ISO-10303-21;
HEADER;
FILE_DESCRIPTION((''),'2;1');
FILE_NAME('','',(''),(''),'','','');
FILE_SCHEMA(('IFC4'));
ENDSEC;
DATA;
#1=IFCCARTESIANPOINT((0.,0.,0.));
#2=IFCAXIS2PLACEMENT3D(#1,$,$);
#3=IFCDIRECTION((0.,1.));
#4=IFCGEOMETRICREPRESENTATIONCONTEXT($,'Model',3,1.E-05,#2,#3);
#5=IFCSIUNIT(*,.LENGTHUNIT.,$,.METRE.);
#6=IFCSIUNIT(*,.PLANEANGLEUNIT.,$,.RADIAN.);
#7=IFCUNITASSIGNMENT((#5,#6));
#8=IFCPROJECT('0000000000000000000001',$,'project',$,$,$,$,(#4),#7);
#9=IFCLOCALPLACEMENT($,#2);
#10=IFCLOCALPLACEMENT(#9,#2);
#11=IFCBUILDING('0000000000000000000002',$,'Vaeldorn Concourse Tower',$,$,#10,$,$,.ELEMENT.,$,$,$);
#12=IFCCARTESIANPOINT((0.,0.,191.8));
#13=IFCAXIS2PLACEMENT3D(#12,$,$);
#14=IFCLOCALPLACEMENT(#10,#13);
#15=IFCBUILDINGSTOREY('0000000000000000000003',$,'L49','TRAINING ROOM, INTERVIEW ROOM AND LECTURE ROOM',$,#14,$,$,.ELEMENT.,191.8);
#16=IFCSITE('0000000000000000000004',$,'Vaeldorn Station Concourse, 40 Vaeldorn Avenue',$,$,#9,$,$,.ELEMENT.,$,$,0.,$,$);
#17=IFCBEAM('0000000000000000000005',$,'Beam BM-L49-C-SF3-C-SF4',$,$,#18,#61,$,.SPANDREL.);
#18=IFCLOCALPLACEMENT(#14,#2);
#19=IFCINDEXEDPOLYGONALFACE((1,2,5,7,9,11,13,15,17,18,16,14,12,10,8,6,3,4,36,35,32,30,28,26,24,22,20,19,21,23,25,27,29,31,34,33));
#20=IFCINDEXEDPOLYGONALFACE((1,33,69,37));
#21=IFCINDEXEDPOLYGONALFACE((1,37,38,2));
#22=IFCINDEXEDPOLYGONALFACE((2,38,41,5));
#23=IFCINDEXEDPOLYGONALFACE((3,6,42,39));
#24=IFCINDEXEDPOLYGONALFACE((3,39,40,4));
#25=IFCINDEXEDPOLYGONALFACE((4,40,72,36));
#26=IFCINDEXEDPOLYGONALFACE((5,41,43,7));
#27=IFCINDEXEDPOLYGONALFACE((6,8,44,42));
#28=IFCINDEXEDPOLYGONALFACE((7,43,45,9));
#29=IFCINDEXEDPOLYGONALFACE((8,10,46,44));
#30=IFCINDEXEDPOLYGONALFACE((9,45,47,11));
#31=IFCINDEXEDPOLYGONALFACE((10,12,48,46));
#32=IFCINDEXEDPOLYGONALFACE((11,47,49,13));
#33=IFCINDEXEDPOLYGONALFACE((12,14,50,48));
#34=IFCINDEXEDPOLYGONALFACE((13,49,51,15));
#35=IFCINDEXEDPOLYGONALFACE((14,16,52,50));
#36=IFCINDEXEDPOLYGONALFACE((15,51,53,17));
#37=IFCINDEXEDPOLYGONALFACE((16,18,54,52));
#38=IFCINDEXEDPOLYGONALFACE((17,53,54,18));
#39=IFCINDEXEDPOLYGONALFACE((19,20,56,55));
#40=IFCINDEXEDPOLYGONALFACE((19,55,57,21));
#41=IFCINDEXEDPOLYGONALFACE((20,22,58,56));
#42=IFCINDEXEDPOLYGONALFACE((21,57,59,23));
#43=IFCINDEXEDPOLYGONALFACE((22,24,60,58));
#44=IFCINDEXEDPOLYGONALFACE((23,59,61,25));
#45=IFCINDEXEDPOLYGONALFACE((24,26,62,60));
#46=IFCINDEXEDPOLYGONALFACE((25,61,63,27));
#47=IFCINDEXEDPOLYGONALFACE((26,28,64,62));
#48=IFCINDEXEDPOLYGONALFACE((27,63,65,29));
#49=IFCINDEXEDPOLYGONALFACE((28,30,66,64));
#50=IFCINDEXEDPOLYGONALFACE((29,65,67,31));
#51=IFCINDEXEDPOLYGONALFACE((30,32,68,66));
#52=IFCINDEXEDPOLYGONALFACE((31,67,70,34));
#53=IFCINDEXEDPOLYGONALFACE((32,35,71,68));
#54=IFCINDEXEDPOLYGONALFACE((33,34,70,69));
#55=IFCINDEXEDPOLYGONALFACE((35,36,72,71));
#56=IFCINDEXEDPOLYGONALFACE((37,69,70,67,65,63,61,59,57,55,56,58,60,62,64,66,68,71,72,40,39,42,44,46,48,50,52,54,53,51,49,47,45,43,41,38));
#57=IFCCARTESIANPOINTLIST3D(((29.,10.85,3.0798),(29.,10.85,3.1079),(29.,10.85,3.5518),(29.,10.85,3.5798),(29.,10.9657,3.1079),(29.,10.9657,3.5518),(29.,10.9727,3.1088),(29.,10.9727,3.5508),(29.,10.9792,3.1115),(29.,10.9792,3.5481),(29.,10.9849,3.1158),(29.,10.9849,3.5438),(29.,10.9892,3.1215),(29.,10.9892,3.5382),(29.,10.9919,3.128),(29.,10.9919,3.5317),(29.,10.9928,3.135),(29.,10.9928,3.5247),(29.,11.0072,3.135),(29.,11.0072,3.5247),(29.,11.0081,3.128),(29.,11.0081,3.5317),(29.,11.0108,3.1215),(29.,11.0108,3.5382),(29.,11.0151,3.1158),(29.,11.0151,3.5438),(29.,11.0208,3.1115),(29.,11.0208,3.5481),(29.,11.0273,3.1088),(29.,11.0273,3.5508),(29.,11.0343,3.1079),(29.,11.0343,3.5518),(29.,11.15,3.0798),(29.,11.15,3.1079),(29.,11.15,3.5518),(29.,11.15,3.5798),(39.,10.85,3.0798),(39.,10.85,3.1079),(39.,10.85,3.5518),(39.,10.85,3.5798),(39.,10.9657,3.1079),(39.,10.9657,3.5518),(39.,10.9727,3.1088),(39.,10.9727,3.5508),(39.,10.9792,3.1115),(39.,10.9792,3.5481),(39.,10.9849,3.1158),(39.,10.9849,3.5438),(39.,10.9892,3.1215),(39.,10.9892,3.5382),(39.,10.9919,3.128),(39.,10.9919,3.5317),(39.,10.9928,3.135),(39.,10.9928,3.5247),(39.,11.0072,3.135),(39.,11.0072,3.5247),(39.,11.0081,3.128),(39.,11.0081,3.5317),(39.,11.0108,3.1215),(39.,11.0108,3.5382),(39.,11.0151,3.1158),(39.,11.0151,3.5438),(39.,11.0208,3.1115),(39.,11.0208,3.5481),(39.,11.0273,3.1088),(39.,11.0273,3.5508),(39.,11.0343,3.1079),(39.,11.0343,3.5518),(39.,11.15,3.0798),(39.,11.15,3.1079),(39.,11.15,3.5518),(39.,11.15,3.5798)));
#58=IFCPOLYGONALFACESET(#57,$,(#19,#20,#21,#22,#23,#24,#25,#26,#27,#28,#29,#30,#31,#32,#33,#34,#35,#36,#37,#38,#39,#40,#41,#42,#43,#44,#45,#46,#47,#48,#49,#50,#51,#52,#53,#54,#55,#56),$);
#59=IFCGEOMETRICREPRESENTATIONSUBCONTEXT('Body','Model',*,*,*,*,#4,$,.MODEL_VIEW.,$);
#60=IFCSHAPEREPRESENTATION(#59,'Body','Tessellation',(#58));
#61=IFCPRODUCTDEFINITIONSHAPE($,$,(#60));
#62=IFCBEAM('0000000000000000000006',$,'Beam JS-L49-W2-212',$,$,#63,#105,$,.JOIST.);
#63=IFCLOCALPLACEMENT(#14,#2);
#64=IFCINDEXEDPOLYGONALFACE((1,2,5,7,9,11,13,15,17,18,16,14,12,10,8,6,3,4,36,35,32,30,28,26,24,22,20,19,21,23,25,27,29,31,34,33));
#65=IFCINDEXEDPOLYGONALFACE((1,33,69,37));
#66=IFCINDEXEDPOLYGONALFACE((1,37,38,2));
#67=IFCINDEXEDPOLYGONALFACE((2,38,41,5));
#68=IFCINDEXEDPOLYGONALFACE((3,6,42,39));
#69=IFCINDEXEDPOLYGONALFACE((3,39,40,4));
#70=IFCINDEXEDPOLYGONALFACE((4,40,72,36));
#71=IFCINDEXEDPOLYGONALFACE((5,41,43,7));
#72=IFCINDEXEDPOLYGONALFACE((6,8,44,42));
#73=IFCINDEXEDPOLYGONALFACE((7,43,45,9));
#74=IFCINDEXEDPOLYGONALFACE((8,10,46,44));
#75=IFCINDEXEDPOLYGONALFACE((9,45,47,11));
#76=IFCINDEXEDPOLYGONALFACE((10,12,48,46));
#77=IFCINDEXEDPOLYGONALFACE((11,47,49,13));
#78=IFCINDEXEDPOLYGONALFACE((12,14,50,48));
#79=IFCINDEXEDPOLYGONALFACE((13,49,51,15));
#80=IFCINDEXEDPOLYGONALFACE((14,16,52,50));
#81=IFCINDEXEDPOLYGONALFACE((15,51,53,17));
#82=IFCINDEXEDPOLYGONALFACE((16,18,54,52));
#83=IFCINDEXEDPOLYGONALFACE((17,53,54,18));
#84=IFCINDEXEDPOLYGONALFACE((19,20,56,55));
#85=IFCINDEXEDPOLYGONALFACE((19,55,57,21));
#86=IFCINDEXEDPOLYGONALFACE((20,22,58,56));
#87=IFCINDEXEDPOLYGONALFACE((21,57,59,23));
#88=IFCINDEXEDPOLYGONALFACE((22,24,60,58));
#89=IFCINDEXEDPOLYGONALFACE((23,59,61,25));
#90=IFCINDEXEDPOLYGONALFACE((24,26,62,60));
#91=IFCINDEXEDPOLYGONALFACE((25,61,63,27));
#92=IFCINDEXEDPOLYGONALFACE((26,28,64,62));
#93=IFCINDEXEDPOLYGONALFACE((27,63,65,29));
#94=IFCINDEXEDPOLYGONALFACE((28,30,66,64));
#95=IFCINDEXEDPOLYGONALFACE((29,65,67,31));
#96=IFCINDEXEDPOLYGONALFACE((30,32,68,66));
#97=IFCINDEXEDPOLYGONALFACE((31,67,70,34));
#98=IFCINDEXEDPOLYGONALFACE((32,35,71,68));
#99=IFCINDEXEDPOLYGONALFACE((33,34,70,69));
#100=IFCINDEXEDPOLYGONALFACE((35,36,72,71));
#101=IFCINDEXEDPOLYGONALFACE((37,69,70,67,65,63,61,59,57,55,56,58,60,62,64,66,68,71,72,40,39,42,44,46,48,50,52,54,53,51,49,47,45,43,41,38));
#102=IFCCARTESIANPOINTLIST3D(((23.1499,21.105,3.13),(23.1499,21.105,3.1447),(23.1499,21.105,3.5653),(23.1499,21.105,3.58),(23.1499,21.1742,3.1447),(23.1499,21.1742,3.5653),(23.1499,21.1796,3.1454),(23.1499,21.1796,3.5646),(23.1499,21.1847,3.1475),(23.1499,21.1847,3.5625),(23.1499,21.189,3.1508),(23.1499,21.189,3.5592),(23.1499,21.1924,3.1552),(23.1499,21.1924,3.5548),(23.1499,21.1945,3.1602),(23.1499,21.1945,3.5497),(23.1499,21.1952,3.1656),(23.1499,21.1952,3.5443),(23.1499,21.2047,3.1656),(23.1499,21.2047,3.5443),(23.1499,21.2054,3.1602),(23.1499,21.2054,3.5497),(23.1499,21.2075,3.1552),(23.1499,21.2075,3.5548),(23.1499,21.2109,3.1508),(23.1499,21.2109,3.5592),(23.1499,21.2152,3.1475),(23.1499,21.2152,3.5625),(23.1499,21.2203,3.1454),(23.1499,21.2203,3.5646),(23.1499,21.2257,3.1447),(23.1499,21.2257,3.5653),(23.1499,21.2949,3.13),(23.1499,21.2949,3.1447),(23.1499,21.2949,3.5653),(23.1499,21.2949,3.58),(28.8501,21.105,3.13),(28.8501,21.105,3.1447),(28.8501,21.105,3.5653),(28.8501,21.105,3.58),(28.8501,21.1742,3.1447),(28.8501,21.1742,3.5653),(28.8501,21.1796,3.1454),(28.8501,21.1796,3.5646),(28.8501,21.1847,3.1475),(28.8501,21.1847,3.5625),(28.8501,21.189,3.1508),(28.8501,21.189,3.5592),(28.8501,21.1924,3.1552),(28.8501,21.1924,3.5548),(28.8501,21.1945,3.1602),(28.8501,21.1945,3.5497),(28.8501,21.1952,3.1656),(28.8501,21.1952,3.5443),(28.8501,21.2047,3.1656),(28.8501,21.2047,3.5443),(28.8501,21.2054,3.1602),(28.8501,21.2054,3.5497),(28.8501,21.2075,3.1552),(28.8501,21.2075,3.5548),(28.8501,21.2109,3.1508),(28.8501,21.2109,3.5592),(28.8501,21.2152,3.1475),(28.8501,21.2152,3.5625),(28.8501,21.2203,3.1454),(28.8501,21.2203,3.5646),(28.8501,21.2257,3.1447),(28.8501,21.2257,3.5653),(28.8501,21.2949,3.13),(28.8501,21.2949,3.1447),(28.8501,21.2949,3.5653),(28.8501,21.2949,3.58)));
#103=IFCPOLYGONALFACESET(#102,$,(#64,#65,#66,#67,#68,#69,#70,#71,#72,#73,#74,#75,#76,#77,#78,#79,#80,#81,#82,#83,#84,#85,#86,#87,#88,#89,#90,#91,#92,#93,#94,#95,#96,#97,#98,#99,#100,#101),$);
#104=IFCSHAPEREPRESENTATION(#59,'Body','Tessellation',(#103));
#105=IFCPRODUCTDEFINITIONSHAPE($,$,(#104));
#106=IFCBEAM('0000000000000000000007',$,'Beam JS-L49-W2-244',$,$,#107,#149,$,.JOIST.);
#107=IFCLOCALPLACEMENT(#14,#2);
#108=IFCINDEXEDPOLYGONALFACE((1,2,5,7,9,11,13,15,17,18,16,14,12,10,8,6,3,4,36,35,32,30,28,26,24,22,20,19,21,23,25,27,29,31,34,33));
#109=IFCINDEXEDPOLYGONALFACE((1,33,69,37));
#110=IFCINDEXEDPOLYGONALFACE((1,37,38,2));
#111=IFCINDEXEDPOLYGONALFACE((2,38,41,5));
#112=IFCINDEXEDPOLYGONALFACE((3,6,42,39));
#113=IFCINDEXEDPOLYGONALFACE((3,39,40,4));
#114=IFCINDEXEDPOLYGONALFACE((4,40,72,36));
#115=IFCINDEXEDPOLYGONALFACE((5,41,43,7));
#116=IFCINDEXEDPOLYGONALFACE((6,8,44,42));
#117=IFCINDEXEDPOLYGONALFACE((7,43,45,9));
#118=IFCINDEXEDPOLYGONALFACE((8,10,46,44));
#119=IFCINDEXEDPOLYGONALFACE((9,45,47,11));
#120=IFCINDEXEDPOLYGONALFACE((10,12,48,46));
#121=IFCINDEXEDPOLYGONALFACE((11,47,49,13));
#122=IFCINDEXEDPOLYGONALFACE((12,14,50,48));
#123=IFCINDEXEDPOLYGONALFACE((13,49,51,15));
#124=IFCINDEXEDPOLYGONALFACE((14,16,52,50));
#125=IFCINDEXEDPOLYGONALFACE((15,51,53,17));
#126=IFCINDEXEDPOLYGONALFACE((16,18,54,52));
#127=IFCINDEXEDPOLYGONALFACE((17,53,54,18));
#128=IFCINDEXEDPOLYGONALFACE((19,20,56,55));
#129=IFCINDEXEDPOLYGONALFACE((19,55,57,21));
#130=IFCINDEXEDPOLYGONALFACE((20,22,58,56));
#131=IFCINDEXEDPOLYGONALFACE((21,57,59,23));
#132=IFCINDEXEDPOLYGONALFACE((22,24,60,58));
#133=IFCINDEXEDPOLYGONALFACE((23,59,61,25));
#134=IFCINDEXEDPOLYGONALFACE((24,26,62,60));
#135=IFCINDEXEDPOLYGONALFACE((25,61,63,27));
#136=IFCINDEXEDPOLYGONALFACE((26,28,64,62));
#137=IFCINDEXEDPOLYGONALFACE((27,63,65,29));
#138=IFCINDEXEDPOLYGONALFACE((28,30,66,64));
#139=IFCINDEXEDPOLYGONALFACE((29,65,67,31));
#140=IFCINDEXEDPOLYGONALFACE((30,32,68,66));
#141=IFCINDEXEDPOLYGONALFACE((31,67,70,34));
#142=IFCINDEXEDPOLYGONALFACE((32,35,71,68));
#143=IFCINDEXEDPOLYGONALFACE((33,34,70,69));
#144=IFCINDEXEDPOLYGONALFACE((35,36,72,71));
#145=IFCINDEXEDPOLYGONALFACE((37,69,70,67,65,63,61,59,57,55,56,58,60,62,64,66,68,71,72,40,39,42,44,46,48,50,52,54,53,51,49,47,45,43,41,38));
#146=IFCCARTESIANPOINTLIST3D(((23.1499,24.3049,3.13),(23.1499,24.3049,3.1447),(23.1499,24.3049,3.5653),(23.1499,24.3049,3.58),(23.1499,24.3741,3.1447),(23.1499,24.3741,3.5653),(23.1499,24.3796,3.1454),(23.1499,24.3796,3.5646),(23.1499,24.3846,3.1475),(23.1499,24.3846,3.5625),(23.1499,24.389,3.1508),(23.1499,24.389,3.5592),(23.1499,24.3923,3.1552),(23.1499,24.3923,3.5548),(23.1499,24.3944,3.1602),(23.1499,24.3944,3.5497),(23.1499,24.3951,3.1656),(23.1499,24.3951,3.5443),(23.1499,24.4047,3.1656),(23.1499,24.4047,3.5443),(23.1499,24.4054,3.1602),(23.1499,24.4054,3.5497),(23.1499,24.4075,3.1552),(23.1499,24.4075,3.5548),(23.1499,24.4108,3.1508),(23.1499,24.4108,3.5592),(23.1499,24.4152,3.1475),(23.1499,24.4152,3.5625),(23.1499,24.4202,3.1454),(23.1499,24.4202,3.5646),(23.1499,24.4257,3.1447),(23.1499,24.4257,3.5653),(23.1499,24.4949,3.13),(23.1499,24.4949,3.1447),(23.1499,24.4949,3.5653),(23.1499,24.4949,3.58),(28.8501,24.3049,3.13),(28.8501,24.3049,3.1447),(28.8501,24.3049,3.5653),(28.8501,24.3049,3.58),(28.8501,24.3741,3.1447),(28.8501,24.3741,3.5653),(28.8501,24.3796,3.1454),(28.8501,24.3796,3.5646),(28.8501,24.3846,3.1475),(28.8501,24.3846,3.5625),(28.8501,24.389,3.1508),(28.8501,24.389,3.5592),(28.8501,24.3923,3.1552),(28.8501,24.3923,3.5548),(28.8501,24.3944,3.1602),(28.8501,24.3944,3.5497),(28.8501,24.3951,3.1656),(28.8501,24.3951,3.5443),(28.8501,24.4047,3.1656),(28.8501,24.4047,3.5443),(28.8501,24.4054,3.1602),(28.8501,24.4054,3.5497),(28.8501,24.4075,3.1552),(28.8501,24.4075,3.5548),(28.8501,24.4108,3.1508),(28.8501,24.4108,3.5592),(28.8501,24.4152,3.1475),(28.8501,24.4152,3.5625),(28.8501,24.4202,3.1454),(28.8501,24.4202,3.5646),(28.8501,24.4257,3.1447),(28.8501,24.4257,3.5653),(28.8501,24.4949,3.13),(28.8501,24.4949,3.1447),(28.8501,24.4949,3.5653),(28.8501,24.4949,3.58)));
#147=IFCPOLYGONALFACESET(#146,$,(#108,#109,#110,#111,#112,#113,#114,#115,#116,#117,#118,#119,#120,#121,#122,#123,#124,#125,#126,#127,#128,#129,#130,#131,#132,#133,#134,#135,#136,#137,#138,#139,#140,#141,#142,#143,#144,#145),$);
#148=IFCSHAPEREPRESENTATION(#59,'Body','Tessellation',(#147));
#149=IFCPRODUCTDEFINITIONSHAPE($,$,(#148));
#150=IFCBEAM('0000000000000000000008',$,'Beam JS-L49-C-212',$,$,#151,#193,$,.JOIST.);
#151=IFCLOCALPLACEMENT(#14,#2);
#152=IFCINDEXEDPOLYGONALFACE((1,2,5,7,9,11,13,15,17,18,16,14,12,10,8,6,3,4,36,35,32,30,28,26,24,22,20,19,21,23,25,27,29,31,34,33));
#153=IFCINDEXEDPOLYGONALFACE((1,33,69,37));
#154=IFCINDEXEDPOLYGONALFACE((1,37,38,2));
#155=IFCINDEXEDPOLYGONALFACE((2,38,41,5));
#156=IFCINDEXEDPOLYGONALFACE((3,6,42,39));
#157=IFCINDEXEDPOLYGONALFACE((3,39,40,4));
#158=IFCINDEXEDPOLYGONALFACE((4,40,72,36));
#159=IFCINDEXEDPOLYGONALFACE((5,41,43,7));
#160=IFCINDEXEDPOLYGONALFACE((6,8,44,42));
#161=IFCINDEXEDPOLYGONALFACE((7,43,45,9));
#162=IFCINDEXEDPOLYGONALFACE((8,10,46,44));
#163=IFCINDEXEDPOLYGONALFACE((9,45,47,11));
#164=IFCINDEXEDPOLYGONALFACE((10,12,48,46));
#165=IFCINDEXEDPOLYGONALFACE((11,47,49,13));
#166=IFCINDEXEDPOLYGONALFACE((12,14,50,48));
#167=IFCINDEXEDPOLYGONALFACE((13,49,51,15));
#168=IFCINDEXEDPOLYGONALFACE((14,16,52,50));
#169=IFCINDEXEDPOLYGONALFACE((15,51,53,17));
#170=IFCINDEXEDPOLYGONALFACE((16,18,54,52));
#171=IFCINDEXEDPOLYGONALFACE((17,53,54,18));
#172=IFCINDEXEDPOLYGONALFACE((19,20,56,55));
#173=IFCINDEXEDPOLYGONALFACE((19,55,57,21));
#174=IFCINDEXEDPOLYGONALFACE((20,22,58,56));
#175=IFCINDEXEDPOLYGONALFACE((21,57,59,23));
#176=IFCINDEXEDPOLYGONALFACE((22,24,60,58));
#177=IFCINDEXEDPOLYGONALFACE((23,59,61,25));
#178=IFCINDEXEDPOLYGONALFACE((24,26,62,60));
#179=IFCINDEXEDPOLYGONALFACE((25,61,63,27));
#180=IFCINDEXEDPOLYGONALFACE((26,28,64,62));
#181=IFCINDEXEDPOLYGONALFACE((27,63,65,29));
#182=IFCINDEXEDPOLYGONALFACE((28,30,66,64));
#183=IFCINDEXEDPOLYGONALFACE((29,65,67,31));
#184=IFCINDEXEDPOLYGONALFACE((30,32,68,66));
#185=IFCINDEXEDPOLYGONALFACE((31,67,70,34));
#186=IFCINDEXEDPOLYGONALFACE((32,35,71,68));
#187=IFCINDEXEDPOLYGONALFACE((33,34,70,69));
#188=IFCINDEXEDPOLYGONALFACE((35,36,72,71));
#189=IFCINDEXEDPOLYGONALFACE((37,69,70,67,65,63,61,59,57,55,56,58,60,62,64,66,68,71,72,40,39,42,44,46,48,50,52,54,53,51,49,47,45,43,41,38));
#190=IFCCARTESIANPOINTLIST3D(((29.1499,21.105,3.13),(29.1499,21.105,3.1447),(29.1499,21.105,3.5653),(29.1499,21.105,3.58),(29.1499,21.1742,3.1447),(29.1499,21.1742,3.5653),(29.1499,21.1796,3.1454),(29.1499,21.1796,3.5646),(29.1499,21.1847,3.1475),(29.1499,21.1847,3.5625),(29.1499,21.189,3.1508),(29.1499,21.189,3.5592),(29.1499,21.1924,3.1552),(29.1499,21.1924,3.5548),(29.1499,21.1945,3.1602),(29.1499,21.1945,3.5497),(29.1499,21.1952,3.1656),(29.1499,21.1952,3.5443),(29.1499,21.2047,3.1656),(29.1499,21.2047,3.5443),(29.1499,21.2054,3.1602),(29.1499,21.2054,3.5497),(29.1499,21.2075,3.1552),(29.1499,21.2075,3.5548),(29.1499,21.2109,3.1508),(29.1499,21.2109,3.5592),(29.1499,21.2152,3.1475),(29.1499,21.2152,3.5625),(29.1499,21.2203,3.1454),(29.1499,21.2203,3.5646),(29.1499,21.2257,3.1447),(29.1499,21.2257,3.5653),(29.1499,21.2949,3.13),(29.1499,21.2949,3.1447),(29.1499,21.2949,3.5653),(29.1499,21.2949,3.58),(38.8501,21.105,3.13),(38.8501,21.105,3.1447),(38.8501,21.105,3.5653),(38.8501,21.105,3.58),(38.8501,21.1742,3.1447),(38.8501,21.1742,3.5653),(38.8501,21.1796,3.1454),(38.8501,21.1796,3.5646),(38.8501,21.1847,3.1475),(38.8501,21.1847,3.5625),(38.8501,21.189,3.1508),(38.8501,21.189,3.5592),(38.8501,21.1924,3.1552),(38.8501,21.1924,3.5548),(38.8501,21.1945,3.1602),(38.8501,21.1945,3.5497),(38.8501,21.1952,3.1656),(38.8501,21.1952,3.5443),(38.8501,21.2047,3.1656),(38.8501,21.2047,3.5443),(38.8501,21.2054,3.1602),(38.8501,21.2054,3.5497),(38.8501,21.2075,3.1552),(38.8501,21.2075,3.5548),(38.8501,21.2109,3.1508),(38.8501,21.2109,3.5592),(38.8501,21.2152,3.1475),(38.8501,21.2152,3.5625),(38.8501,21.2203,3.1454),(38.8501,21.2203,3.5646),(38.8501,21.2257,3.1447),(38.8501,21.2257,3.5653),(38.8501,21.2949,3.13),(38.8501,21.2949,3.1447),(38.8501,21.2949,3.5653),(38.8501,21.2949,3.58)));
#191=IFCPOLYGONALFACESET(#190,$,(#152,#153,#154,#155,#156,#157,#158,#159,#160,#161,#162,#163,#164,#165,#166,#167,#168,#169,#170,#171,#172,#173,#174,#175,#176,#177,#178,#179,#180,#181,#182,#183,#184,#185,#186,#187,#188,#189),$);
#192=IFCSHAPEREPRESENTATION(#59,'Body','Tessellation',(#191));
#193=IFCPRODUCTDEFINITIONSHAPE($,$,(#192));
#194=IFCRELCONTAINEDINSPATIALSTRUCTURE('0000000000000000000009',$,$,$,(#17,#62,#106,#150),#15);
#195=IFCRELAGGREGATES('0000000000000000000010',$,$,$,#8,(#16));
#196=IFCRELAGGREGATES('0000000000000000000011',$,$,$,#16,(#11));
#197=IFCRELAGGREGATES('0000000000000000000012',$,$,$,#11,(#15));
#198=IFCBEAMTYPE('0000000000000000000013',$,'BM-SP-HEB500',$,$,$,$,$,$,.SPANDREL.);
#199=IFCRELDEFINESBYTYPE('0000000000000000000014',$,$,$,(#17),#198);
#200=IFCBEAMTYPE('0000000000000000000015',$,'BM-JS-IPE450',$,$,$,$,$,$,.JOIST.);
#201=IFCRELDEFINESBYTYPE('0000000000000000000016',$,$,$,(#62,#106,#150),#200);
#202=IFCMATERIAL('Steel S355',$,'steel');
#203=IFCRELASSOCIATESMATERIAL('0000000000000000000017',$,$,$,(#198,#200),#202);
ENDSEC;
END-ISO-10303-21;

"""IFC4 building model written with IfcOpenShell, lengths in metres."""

from ifc_helpers import new_model, si_unit, direction, frame, origin, origin_2d, place, context, subcontext, project, spatial, i_section, extrude, source, transform, mapped, material, material_profile, profile_set, type_object, element, save


model = new_model("IFC4")

# Units and contexts
model_context = context("Model", 3, precision=1e-05, world=origin(), true_north=direction((0.0, 1.0)))
body_context = subcontext(model_context, "Body", "Model", "MODEL_VIEW")
ifc_project = project(units=[si_unit("LENGTHUNIT", "METRE"), si_unit("PLANEANGLEUNIT", "RADIAN")], contexts=[model_context])

# Site, building, storey
site_placement = place(None, origin())
site = spatial("IfcSite", under=ifc_project, at=site_placement, Name="Vaeldorn Station Concourse, 40 Vaeldorn Avenue", CompositionType="ELEMENT", RefElevation=0.0)
building_placement = place(site_placement, origin())
building = spatial("IfcBuilding", under=site, at=building_placement, Name="Vaeldorn Concourse Tower", CompositionType="ELEMENT")
storey_placement = place(building_placement, frame((0.0, 0.0, 191.8)))
storey = spatial("IfcBuildingStorey", under=building, at=storey_placement, Name="L49", Description="TRAINING ROOM, INTERVIEW ROOM AND LECTURE ROOM", CompositionType="ELEMENT", Elevation=191.8)

# Shared definitions
ifc_material_1 = material(Name="Steel S355", Category="steel")

# Beams
ifc_material_profile_1 = material_profile(ifc_material_1, i_section(OverallWidth=0.3, OverallDepth=0.5, WebThickness=0.0144, FlangeThickness=0.0281, FilletRadius=0.0271, at=origin_2d()), Name="HEB 500")
ifc_profile_set_1 = profile_set([ifc_material_profile_1], Name="Steel S355")
beam_type_1 = type_object("IfcBeamType", Name="BM-SP-HEB500", PredefinedType="SPANDREL", material=ifc_profile_set_1)
shared_shape_1 = source(origin(), body_context, "Body", "SweptSolid", [
    extrude(i_section(OverallWidth=0.3, OverallDepth=0.5, WebThickness=0.0144, FlangeThickness=0.0281, FilletRadius=0.0271, at=origin_2d()), origin(), (0.0, 0.0, 1.0), 10.0),
])
beam_1_placement = place(storey_placement, frame((29.0, 11.0, 3.3298), z_axis=(1.0, 0.0, 0.0), x_axis=(0.0, 1.0, 0.0)))
element("IfcBeam", 1, at=beam_1_placement, inside=storey, type_object=beam_type_1, Name="Beam BM-L49-C-SF3-C-SF4", PredefinedType="SPANDREL", context=body_context, shape_type="MappedRepresentation", body=[
    mapped(shared_shape_1, transform((0.0, 0.0, 0.0), scale=1.0)),
])
ifc_material_profile_2 = material_profile(ifc_material_1, i_section(OverallWidth=0.1899, OverallDepth=0.45, WebThickness=0.0095, FlangeThickness=0.0146, FilletRadius=0.021, at=origin_2d()), Name="IPE 450")
ifc_profile_set_2 = profile_set([ifc_material_profile_2], Name="Steel S355")
beam_type_2 = type_object("IfcBeamType", Name="BM-JS-IPE450", PredefinedType="JOIST", material=ifc_profile_set_2)
shared_shape_2 = source(origin(), body_context, "Body", "SweptSolid", [
    extrude(i_section(OverallWidth=0.1899, OverallDepth=0.45, WebThickness=0.0095, FlangeThickness=0.0146, FilletRadius=0.021, at=origin_2d()), origin(), (0.0, 0.0, 1.0), 5.7002),
])
for number, where, z_axis, x_axis, name in (
    (2, (23.1499, 21.2, 3.355), (1.0, 0.0, 0.0), (0.0, 1.0, 0.0), "Beam JS-L49-W2-212"),
    (3, (23.1499, 24.3999, 3.355), (1.0, 0.0, 0.0), (0.0, 1.0, 0.0), "Beam JS-L49-W2-244"),
):
    element("IfcBeam", number, at=place(storey_placement, frame(where, z_axis=z_axis, x_axis=x_axis)), inside=storey, type_object=beam_type_2, Name=name, PredefinedType="JOIST", context=body_context, shape_type="MappedRepresentation", body=[
        mapped(shared_shape_2, transform((0.0, 0.0, 0.0), scale=1.0)),
    ])
shared_shape_3 = source(origin(), body_context, "Body", "SweptSolid", [
    extrude(i_section(OverallWidth=0.1899, OverallDepth=0.45, WebThickness=0.0095, FlangeThickness=0.0146, FilletRadius=0.021, at=origin_2d()), origin(), (0.0, 0.0, 1.0), 9.7002),
])
for number, where, z_axis, x_axis, name in (
    (4, (29.1499, 21.2, 3.355), (1.0, 0.0, 0.0), (0.0, 1.0, 0.0), "Beam JS-L49-C-212"),
):
    element("IfcBeam", number, at=place(storey_placement, frame(where, z_axis=z_axis, x_axis=x_axis)), inside=storey, type_object=beam_type_2, Name=name, PredefinedType="JOIST", context=body_context, shape_type="MappedRepresentation", body=[
        mapped(shared_shape_3, transform((0.0, 0.0, 0.0), scale=1.0)),
    ])

save(model, "model.ifc")
